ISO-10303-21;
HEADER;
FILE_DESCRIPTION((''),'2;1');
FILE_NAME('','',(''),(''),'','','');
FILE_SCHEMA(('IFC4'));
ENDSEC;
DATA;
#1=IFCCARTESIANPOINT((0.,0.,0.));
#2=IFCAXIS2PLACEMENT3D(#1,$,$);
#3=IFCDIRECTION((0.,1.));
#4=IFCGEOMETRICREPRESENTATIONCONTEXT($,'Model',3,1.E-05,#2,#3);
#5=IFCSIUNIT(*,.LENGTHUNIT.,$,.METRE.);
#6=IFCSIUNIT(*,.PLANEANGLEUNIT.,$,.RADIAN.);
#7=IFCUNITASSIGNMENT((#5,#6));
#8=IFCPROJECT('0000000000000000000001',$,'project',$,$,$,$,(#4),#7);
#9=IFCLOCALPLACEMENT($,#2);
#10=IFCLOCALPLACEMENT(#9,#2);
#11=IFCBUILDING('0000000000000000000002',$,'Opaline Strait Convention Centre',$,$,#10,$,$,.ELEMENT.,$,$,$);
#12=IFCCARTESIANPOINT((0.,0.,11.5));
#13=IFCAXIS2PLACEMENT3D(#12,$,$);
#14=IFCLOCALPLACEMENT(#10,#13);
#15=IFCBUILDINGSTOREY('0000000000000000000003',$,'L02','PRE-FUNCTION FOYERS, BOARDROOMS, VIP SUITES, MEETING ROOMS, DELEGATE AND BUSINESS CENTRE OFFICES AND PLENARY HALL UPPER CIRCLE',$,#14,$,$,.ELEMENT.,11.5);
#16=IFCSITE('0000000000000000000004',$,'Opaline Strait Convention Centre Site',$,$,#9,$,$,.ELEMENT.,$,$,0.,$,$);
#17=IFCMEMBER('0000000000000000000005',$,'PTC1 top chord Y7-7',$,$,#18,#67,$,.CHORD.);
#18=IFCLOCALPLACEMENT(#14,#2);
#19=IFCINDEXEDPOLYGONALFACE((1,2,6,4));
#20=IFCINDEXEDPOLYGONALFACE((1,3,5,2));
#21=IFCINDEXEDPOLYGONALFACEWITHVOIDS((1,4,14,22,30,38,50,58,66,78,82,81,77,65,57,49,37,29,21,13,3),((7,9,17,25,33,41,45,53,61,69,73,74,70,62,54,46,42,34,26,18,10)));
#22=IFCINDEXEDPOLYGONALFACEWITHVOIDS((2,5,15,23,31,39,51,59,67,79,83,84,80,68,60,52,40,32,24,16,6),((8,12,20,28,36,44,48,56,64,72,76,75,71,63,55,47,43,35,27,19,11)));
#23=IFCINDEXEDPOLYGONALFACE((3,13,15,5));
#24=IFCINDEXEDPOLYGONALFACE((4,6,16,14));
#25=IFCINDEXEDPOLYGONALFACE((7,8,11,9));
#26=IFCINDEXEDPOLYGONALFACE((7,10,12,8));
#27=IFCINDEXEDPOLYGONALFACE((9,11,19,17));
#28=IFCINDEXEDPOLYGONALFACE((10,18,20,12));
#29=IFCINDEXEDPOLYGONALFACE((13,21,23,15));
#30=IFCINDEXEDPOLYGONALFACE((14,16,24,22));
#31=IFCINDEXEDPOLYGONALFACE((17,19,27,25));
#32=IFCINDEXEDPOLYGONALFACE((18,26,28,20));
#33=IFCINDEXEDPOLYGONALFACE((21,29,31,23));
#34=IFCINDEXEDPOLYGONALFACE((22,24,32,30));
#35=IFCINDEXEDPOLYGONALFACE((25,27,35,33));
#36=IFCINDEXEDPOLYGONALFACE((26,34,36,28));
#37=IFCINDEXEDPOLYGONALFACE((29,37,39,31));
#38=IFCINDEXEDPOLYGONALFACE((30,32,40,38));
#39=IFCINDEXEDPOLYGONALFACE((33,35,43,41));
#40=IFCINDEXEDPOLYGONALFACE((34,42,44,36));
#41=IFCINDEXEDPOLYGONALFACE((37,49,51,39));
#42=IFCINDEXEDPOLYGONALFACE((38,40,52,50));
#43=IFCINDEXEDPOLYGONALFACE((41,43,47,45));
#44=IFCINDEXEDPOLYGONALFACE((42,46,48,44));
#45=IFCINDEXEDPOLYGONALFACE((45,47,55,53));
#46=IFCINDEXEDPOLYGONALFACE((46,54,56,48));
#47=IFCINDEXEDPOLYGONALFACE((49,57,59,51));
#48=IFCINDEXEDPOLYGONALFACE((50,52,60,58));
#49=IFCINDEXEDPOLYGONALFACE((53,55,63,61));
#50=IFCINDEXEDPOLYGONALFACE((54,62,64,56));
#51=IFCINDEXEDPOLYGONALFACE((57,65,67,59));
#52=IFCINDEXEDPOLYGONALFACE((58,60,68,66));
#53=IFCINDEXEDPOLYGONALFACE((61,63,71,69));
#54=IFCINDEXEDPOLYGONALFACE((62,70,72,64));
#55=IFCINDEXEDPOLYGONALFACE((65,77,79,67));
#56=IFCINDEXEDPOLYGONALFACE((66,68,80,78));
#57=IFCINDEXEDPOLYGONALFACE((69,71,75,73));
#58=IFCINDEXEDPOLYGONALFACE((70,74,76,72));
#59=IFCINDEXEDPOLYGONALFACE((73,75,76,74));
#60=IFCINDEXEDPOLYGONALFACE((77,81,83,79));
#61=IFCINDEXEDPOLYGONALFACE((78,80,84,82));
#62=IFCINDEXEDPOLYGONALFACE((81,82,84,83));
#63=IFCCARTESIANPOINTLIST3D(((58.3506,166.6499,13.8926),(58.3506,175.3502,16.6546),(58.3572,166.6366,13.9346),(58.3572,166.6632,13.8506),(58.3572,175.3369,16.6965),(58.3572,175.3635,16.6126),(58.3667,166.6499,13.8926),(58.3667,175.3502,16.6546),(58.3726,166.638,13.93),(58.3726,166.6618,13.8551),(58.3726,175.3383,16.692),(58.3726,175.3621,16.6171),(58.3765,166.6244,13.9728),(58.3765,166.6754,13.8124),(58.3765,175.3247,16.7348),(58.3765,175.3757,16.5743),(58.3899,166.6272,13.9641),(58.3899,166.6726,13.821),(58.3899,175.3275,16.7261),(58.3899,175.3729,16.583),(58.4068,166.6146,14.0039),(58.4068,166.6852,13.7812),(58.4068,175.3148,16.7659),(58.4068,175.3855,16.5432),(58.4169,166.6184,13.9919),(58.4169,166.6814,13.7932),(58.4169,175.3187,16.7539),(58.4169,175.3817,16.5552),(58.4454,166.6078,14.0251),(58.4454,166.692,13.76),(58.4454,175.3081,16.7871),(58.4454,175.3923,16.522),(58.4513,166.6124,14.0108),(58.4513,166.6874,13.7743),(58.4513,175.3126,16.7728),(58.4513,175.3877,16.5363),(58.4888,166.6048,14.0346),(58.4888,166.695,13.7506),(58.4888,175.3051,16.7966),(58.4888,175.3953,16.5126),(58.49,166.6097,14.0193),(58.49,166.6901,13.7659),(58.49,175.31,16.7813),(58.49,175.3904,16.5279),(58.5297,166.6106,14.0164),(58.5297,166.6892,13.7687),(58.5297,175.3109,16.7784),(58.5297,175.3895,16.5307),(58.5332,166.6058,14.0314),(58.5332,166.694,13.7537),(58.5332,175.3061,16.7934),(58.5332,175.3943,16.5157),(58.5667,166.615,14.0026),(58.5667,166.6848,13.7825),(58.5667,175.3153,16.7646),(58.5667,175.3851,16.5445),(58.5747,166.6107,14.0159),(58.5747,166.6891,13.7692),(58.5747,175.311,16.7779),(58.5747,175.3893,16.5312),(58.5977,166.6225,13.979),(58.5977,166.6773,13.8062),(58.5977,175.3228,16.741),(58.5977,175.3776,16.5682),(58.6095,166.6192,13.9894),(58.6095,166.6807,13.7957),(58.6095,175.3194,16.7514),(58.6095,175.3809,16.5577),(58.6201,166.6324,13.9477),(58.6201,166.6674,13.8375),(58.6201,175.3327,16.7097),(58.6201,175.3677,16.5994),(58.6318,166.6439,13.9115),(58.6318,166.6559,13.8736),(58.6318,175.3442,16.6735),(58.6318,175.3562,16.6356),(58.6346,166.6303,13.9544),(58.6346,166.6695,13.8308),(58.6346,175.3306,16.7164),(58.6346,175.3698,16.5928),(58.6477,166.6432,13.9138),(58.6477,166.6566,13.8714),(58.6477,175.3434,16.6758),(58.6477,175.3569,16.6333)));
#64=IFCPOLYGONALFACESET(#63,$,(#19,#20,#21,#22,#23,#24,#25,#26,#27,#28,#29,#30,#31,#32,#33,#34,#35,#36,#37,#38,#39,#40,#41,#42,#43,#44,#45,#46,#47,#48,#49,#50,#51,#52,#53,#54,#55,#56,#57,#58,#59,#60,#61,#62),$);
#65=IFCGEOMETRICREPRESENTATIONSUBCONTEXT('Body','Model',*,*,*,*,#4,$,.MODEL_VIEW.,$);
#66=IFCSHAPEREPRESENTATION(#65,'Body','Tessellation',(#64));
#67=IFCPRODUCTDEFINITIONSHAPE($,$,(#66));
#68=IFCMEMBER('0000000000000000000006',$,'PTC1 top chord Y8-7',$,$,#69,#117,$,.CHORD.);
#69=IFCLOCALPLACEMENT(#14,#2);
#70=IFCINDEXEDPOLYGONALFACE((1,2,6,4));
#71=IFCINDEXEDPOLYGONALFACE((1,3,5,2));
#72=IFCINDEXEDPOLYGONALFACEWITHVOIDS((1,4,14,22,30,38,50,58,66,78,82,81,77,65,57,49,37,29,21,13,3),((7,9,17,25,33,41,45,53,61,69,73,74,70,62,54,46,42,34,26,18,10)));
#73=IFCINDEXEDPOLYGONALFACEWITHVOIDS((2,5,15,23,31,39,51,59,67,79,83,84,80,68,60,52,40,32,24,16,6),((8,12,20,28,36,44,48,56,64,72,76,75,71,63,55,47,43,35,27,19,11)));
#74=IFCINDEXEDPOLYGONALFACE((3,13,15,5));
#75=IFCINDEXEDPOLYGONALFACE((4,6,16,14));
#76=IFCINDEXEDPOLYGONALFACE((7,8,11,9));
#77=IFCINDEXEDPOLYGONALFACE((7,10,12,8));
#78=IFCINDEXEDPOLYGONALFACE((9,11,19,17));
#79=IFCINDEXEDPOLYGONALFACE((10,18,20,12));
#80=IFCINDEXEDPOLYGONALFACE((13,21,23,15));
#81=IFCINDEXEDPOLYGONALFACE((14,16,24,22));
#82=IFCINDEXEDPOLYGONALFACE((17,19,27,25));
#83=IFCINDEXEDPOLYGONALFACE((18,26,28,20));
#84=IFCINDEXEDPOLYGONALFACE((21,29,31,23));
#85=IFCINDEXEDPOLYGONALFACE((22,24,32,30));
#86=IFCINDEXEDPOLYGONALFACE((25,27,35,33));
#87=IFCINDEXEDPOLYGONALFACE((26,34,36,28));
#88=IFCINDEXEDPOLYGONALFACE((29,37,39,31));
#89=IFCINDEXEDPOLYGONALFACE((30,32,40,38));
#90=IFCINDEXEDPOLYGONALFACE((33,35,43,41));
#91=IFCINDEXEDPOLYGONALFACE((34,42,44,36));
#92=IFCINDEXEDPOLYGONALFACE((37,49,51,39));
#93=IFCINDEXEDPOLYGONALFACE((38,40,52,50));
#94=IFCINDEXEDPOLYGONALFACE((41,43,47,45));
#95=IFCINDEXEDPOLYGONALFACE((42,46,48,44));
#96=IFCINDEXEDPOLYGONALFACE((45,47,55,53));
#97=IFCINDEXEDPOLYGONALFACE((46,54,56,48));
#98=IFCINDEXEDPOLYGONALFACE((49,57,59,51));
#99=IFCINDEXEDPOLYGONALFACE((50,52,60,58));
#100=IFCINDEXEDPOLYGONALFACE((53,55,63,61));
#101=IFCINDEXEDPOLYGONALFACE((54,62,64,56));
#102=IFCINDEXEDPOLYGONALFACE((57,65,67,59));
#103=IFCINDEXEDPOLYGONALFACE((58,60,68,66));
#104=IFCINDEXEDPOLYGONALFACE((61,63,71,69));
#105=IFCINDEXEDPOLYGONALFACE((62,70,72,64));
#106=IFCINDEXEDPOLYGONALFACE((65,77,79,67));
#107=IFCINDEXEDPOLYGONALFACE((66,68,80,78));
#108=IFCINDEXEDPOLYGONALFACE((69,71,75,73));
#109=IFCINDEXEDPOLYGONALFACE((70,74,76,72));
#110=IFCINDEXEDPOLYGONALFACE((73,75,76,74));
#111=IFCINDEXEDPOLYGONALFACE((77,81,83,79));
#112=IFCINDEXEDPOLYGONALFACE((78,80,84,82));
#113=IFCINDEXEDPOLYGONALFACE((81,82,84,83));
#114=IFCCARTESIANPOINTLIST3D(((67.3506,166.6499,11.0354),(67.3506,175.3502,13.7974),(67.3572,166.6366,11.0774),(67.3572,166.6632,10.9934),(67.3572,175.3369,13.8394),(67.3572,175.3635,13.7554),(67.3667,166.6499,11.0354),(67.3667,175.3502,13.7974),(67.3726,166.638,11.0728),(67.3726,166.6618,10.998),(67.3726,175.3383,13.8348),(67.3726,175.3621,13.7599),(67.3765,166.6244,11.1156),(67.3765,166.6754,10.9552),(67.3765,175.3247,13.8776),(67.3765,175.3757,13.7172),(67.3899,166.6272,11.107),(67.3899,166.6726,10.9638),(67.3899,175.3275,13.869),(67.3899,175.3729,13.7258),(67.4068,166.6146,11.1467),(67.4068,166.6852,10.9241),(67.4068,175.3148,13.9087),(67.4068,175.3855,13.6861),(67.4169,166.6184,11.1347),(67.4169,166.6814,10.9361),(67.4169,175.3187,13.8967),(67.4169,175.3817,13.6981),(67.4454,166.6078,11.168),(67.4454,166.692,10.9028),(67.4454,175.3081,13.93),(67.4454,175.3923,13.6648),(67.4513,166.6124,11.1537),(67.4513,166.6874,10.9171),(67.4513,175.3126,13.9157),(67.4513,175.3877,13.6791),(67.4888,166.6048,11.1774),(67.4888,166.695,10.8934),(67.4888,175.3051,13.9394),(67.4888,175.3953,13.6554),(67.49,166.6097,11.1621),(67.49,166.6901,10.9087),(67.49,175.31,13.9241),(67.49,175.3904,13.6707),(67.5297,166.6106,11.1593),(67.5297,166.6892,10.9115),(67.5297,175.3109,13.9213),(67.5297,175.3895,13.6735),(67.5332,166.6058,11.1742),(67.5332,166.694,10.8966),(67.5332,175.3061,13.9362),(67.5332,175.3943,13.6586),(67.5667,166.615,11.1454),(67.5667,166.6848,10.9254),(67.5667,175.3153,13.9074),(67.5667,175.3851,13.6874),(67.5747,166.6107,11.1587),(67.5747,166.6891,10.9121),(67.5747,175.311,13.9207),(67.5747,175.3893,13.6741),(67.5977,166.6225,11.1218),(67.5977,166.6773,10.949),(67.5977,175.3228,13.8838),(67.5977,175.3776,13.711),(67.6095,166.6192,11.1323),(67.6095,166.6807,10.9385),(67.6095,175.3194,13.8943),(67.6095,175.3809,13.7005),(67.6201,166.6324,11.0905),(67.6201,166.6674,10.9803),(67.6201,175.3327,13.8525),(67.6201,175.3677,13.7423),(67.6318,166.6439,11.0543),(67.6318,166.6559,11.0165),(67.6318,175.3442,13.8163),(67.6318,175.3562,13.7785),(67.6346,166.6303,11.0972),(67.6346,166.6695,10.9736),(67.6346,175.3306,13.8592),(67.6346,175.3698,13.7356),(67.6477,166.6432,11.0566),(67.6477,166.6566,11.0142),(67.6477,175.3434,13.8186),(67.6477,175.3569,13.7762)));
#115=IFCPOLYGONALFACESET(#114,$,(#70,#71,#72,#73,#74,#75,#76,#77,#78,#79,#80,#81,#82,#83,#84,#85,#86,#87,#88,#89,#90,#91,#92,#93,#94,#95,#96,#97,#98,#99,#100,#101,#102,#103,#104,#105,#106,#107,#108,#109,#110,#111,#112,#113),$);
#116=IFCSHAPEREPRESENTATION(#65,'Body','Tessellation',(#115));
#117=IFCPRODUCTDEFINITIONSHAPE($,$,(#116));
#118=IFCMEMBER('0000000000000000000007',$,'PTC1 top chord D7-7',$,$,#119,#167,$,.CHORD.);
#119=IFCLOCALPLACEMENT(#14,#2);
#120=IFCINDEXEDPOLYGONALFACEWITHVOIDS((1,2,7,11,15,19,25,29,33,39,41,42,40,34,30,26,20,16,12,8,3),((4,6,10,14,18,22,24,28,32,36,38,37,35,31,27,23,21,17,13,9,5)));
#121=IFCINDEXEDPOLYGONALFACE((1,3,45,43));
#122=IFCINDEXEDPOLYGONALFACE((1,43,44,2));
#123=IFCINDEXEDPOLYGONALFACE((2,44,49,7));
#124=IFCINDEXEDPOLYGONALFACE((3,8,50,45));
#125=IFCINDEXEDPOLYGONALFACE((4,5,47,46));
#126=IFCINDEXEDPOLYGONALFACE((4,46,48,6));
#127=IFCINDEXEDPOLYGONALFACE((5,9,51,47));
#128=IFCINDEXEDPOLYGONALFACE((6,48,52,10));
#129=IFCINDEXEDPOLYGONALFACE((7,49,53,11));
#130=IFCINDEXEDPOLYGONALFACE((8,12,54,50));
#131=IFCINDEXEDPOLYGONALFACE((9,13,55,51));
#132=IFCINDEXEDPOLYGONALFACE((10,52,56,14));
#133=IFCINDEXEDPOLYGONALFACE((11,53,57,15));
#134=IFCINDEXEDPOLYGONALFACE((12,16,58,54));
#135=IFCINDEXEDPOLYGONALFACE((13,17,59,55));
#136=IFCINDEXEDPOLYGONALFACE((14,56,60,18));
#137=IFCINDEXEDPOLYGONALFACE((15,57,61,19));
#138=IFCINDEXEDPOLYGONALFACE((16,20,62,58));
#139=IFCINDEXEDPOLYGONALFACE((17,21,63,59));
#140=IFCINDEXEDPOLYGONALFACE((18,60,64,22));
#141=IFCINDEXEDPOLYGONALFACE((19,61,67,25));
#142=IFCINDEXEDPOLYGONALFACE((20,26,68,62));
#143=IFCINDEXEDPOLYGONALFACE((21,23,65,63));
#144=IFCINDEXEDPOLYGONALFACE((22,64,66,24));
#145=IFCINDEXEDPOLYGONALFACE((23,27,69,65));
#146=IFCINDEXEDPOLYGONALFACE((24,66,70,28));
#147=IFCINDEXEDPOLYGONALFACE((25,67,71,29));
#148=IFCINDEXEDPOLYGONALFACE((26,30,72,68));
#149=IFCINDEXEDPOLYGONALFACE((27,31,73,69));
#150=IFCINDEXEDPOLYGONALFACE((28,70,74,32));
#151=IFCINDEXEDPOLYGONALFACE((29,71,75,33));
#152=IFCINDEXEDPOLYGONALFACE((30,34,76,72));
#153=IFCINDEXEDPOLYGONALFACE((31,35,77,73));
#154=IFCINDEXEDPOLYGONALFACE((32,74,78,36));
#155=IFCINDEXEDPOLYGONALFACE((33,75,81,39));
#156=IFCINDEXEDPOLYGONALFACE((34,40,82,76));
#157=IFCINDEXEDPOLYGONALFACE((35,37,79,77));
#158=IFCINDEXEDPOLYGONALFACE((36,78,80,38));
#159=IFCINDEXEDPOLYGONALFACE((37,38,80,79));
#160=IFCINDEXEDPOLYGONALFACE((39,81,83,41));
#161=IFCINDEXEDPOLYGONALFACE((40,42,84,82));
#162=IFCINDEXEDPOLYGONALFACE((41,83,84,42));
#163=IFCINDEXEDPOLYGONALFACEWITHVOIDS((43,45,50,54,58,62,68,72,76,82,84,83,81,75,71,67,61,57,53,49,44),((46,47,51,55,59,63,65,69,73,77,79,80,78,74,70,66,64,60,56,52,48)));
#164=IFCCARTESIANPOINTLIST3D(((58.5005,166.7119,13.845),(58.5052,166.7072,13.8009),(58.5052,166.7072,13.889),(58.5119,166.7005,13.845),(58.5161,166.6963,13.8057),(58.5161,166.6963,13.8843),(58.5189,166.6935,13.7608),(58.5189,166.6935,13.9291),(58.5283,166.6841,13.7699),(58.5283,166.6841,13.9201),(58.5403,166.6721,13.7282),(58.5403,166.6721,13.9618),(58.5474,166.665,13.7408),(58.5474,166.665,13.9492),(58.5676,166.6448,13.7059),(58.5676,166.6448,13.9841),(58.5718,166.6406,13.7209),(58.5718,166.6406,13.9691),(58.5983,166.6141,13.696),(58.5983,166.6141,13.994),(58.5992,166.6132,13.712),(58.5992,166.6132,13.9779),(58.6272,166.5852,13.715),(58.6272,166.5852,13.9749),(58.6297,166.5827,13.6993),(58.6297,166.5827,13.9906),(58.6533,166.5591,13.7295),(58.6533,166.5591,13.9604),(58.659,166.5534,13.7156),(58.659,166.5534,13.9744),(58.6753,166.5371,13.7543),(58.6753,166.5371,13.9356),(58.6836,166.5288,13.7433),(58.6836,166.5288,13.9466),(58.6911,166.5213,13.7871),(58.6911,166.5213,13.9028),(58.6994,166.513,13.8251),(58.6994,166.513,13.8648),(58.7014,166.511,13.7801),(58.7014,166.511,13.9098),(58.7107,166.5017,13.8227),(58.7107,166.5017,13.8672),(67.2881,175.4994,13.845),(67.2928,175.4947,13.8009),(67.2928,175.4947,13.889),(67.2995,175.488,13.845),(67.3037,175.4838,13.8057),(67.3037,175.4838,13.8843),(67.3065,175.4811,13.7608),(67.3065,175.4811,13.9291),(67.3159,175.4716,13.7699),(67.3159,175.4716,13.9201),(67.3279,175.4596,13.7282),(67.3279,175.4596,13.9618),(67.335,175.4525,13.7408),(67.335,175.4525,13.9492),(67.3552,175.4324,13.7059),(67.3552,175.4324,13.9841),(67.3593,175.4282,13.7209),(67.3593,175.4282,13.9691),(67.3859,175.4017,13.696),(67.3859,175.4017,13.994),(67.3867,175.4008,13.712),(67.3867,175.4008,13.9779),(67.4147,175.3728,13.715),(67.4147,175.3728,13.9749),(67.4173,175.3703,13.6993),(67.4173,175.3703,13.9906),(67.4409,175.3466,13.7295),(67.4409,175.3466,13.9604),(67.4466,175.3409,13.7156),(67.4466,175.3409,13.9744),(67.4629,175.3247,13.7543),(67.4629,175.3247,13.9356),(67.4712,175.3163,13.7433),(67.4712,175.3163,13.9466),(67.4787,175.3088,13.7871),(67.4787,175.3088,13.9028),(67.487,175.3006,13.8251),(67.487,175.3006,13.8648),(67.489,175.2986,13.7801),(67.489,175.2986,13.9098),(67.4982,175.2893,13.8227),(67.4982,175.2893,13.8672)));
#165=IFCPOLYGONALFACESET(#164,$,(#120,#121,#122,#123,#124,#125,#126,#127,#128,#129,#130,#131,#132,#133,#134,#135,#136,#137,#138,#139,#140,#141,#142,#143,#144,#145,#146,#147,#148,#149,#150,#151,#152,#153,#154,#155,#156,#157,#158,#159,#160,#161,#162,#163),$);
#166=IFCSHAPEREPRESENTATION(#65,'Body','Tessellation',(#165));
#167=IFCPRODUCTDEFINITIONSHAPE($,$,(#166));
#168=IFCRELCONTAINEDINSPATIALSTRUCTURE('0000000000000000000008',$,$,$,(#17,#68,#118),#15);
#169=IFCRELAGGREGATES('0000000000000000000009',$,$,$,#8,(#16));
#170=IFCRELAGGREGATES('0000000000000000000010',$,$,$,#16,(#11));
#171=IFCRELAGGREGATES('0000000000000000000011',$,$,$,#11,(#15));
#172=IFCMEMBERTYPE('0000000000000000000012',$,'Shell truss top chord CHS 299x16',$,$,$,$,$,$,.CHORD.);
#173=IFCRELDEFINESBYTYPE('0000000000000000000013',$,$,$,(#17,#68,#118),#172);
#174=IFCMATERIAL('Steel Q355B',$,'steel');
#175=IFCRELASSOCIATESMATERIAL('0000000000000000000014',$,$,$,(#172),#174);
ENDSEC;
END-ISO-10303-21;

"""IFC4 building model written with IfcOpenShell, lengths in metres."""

from ifc_helpers import new_model, si_unit, direction, frame, origin, origin_2d, place, context, subcontext, project, spatial, hollow_circle, extrude, material, material_profile, profile_set, type_object, element, save


model = new_model("IFC4")

# Units and contexts
model_context = context("Model", 3, precision=1e-05, world=origin(), true_north=direction((0.0, 1.0)))
body_context = subcontext(model_context, "Body", "Model", "MODEL_VIEW")
ifc_project = project(units=[si_unit("LENGTHUNIT", "METRE"), si_unit("PLANEANGLEUNIT", "RADIAN")], contexts=[model_context])

# Site, building, storey
site_placement = place(None, origin())
site = spatial("IfcSite", under=ifc_project, at=site_placement, Name="Opaline Strait Convention Centre Site", CompositionType="ELEMENT", RefElevation=0.0)
building_placement = place(site_placement, origin())
building = spatial("IfcBuilding", under=site, at=building_placement, Name="Opaline Strait Convention Centre", CompositionType="ELEMENT")
storey_placement = place(building_placement, frame((0.0, 0.0, 11.5)))
storey = spatial("IfcBuildingStorey", under=building, at=storey_placement, Name="L02", Description="PRE-FUNCTION FOYERS, BOARDROOMS, VIP SUITES, MEETING ROOMS, DELEGATE AND BUSINESS CENTRE OFFICES AND PLENARY HALL UPPER CIRCLE", CompositionType="ELEMENT", Elevation=11.5)

# Members
ifc_material_1 = material(Name="Steel Q355B", Category="steel")
ifc_material_profile_1 = material_profile(ifc_material_1, hollow_circle(Radius=0.1494, WallThickness=0.0161, at=origin_2d()), Name="CHS 299x16")
ifc_profile_set_1 = profile_set([ifc_material_profile_1], Name="Steel Q355B")
member_type_1 = type_object("IfcMemberType", Name="Shell truss top chord CHS 299x16", PredefinedType="CHORD", material=ifc_profile_set_1)
for number, where, z_axis, x_axis, name in (
    (1, (58.5, 166.6499, 13.8926), (0.0, 0.953124, 0.302579), (-1.0, 0.0, 0.0), "PTC1 top chord Y7-7"),
    (2, (67.5, 166.6499, 11.0354), (0.0, 0.953124, 0.302579), (-1.0, 0.0, 0.0), "PTC1 top chord Y8-7"),
):
    element("IfcMember", number, at=place(storey_placement, frame(where, z_axis=z_axis, x_axis=x_axis)), inside=storey, type_object=member_type_1, Name=name, PredefinedType="CHORD", context=body_context, shape_type="SweptSolid", body=[
        extrude(hollow_circle(Radius=0.1494, WallThickness=0.0161, at=origin_2d()), origin(), (0.0, 0.0, 1.0), 9.1282),
    ])
member_1_placement = place(storey_placement, frame((58.6062, 166.6062, 13.845), z_axis=(0.707107, 0.707107, 0.0), x_axis=(-0.707107, 0.707107, 0.0)))
element("IfcMember", 3, at=member_1_placement, inside=storey, type_object=member_type_1, Name="PTC1 top chord D7-7", PredefinedType="CHORD", context=body_context, shape_type="SweptSolid", body=[
    extrude(hollow_circle(Radius=0.1494, WallThickness=0.0161, at=origin_2d()), origin(), (0.0, 0.0, 1.0), 12.4275),
])

save(model, "model.ifc")
